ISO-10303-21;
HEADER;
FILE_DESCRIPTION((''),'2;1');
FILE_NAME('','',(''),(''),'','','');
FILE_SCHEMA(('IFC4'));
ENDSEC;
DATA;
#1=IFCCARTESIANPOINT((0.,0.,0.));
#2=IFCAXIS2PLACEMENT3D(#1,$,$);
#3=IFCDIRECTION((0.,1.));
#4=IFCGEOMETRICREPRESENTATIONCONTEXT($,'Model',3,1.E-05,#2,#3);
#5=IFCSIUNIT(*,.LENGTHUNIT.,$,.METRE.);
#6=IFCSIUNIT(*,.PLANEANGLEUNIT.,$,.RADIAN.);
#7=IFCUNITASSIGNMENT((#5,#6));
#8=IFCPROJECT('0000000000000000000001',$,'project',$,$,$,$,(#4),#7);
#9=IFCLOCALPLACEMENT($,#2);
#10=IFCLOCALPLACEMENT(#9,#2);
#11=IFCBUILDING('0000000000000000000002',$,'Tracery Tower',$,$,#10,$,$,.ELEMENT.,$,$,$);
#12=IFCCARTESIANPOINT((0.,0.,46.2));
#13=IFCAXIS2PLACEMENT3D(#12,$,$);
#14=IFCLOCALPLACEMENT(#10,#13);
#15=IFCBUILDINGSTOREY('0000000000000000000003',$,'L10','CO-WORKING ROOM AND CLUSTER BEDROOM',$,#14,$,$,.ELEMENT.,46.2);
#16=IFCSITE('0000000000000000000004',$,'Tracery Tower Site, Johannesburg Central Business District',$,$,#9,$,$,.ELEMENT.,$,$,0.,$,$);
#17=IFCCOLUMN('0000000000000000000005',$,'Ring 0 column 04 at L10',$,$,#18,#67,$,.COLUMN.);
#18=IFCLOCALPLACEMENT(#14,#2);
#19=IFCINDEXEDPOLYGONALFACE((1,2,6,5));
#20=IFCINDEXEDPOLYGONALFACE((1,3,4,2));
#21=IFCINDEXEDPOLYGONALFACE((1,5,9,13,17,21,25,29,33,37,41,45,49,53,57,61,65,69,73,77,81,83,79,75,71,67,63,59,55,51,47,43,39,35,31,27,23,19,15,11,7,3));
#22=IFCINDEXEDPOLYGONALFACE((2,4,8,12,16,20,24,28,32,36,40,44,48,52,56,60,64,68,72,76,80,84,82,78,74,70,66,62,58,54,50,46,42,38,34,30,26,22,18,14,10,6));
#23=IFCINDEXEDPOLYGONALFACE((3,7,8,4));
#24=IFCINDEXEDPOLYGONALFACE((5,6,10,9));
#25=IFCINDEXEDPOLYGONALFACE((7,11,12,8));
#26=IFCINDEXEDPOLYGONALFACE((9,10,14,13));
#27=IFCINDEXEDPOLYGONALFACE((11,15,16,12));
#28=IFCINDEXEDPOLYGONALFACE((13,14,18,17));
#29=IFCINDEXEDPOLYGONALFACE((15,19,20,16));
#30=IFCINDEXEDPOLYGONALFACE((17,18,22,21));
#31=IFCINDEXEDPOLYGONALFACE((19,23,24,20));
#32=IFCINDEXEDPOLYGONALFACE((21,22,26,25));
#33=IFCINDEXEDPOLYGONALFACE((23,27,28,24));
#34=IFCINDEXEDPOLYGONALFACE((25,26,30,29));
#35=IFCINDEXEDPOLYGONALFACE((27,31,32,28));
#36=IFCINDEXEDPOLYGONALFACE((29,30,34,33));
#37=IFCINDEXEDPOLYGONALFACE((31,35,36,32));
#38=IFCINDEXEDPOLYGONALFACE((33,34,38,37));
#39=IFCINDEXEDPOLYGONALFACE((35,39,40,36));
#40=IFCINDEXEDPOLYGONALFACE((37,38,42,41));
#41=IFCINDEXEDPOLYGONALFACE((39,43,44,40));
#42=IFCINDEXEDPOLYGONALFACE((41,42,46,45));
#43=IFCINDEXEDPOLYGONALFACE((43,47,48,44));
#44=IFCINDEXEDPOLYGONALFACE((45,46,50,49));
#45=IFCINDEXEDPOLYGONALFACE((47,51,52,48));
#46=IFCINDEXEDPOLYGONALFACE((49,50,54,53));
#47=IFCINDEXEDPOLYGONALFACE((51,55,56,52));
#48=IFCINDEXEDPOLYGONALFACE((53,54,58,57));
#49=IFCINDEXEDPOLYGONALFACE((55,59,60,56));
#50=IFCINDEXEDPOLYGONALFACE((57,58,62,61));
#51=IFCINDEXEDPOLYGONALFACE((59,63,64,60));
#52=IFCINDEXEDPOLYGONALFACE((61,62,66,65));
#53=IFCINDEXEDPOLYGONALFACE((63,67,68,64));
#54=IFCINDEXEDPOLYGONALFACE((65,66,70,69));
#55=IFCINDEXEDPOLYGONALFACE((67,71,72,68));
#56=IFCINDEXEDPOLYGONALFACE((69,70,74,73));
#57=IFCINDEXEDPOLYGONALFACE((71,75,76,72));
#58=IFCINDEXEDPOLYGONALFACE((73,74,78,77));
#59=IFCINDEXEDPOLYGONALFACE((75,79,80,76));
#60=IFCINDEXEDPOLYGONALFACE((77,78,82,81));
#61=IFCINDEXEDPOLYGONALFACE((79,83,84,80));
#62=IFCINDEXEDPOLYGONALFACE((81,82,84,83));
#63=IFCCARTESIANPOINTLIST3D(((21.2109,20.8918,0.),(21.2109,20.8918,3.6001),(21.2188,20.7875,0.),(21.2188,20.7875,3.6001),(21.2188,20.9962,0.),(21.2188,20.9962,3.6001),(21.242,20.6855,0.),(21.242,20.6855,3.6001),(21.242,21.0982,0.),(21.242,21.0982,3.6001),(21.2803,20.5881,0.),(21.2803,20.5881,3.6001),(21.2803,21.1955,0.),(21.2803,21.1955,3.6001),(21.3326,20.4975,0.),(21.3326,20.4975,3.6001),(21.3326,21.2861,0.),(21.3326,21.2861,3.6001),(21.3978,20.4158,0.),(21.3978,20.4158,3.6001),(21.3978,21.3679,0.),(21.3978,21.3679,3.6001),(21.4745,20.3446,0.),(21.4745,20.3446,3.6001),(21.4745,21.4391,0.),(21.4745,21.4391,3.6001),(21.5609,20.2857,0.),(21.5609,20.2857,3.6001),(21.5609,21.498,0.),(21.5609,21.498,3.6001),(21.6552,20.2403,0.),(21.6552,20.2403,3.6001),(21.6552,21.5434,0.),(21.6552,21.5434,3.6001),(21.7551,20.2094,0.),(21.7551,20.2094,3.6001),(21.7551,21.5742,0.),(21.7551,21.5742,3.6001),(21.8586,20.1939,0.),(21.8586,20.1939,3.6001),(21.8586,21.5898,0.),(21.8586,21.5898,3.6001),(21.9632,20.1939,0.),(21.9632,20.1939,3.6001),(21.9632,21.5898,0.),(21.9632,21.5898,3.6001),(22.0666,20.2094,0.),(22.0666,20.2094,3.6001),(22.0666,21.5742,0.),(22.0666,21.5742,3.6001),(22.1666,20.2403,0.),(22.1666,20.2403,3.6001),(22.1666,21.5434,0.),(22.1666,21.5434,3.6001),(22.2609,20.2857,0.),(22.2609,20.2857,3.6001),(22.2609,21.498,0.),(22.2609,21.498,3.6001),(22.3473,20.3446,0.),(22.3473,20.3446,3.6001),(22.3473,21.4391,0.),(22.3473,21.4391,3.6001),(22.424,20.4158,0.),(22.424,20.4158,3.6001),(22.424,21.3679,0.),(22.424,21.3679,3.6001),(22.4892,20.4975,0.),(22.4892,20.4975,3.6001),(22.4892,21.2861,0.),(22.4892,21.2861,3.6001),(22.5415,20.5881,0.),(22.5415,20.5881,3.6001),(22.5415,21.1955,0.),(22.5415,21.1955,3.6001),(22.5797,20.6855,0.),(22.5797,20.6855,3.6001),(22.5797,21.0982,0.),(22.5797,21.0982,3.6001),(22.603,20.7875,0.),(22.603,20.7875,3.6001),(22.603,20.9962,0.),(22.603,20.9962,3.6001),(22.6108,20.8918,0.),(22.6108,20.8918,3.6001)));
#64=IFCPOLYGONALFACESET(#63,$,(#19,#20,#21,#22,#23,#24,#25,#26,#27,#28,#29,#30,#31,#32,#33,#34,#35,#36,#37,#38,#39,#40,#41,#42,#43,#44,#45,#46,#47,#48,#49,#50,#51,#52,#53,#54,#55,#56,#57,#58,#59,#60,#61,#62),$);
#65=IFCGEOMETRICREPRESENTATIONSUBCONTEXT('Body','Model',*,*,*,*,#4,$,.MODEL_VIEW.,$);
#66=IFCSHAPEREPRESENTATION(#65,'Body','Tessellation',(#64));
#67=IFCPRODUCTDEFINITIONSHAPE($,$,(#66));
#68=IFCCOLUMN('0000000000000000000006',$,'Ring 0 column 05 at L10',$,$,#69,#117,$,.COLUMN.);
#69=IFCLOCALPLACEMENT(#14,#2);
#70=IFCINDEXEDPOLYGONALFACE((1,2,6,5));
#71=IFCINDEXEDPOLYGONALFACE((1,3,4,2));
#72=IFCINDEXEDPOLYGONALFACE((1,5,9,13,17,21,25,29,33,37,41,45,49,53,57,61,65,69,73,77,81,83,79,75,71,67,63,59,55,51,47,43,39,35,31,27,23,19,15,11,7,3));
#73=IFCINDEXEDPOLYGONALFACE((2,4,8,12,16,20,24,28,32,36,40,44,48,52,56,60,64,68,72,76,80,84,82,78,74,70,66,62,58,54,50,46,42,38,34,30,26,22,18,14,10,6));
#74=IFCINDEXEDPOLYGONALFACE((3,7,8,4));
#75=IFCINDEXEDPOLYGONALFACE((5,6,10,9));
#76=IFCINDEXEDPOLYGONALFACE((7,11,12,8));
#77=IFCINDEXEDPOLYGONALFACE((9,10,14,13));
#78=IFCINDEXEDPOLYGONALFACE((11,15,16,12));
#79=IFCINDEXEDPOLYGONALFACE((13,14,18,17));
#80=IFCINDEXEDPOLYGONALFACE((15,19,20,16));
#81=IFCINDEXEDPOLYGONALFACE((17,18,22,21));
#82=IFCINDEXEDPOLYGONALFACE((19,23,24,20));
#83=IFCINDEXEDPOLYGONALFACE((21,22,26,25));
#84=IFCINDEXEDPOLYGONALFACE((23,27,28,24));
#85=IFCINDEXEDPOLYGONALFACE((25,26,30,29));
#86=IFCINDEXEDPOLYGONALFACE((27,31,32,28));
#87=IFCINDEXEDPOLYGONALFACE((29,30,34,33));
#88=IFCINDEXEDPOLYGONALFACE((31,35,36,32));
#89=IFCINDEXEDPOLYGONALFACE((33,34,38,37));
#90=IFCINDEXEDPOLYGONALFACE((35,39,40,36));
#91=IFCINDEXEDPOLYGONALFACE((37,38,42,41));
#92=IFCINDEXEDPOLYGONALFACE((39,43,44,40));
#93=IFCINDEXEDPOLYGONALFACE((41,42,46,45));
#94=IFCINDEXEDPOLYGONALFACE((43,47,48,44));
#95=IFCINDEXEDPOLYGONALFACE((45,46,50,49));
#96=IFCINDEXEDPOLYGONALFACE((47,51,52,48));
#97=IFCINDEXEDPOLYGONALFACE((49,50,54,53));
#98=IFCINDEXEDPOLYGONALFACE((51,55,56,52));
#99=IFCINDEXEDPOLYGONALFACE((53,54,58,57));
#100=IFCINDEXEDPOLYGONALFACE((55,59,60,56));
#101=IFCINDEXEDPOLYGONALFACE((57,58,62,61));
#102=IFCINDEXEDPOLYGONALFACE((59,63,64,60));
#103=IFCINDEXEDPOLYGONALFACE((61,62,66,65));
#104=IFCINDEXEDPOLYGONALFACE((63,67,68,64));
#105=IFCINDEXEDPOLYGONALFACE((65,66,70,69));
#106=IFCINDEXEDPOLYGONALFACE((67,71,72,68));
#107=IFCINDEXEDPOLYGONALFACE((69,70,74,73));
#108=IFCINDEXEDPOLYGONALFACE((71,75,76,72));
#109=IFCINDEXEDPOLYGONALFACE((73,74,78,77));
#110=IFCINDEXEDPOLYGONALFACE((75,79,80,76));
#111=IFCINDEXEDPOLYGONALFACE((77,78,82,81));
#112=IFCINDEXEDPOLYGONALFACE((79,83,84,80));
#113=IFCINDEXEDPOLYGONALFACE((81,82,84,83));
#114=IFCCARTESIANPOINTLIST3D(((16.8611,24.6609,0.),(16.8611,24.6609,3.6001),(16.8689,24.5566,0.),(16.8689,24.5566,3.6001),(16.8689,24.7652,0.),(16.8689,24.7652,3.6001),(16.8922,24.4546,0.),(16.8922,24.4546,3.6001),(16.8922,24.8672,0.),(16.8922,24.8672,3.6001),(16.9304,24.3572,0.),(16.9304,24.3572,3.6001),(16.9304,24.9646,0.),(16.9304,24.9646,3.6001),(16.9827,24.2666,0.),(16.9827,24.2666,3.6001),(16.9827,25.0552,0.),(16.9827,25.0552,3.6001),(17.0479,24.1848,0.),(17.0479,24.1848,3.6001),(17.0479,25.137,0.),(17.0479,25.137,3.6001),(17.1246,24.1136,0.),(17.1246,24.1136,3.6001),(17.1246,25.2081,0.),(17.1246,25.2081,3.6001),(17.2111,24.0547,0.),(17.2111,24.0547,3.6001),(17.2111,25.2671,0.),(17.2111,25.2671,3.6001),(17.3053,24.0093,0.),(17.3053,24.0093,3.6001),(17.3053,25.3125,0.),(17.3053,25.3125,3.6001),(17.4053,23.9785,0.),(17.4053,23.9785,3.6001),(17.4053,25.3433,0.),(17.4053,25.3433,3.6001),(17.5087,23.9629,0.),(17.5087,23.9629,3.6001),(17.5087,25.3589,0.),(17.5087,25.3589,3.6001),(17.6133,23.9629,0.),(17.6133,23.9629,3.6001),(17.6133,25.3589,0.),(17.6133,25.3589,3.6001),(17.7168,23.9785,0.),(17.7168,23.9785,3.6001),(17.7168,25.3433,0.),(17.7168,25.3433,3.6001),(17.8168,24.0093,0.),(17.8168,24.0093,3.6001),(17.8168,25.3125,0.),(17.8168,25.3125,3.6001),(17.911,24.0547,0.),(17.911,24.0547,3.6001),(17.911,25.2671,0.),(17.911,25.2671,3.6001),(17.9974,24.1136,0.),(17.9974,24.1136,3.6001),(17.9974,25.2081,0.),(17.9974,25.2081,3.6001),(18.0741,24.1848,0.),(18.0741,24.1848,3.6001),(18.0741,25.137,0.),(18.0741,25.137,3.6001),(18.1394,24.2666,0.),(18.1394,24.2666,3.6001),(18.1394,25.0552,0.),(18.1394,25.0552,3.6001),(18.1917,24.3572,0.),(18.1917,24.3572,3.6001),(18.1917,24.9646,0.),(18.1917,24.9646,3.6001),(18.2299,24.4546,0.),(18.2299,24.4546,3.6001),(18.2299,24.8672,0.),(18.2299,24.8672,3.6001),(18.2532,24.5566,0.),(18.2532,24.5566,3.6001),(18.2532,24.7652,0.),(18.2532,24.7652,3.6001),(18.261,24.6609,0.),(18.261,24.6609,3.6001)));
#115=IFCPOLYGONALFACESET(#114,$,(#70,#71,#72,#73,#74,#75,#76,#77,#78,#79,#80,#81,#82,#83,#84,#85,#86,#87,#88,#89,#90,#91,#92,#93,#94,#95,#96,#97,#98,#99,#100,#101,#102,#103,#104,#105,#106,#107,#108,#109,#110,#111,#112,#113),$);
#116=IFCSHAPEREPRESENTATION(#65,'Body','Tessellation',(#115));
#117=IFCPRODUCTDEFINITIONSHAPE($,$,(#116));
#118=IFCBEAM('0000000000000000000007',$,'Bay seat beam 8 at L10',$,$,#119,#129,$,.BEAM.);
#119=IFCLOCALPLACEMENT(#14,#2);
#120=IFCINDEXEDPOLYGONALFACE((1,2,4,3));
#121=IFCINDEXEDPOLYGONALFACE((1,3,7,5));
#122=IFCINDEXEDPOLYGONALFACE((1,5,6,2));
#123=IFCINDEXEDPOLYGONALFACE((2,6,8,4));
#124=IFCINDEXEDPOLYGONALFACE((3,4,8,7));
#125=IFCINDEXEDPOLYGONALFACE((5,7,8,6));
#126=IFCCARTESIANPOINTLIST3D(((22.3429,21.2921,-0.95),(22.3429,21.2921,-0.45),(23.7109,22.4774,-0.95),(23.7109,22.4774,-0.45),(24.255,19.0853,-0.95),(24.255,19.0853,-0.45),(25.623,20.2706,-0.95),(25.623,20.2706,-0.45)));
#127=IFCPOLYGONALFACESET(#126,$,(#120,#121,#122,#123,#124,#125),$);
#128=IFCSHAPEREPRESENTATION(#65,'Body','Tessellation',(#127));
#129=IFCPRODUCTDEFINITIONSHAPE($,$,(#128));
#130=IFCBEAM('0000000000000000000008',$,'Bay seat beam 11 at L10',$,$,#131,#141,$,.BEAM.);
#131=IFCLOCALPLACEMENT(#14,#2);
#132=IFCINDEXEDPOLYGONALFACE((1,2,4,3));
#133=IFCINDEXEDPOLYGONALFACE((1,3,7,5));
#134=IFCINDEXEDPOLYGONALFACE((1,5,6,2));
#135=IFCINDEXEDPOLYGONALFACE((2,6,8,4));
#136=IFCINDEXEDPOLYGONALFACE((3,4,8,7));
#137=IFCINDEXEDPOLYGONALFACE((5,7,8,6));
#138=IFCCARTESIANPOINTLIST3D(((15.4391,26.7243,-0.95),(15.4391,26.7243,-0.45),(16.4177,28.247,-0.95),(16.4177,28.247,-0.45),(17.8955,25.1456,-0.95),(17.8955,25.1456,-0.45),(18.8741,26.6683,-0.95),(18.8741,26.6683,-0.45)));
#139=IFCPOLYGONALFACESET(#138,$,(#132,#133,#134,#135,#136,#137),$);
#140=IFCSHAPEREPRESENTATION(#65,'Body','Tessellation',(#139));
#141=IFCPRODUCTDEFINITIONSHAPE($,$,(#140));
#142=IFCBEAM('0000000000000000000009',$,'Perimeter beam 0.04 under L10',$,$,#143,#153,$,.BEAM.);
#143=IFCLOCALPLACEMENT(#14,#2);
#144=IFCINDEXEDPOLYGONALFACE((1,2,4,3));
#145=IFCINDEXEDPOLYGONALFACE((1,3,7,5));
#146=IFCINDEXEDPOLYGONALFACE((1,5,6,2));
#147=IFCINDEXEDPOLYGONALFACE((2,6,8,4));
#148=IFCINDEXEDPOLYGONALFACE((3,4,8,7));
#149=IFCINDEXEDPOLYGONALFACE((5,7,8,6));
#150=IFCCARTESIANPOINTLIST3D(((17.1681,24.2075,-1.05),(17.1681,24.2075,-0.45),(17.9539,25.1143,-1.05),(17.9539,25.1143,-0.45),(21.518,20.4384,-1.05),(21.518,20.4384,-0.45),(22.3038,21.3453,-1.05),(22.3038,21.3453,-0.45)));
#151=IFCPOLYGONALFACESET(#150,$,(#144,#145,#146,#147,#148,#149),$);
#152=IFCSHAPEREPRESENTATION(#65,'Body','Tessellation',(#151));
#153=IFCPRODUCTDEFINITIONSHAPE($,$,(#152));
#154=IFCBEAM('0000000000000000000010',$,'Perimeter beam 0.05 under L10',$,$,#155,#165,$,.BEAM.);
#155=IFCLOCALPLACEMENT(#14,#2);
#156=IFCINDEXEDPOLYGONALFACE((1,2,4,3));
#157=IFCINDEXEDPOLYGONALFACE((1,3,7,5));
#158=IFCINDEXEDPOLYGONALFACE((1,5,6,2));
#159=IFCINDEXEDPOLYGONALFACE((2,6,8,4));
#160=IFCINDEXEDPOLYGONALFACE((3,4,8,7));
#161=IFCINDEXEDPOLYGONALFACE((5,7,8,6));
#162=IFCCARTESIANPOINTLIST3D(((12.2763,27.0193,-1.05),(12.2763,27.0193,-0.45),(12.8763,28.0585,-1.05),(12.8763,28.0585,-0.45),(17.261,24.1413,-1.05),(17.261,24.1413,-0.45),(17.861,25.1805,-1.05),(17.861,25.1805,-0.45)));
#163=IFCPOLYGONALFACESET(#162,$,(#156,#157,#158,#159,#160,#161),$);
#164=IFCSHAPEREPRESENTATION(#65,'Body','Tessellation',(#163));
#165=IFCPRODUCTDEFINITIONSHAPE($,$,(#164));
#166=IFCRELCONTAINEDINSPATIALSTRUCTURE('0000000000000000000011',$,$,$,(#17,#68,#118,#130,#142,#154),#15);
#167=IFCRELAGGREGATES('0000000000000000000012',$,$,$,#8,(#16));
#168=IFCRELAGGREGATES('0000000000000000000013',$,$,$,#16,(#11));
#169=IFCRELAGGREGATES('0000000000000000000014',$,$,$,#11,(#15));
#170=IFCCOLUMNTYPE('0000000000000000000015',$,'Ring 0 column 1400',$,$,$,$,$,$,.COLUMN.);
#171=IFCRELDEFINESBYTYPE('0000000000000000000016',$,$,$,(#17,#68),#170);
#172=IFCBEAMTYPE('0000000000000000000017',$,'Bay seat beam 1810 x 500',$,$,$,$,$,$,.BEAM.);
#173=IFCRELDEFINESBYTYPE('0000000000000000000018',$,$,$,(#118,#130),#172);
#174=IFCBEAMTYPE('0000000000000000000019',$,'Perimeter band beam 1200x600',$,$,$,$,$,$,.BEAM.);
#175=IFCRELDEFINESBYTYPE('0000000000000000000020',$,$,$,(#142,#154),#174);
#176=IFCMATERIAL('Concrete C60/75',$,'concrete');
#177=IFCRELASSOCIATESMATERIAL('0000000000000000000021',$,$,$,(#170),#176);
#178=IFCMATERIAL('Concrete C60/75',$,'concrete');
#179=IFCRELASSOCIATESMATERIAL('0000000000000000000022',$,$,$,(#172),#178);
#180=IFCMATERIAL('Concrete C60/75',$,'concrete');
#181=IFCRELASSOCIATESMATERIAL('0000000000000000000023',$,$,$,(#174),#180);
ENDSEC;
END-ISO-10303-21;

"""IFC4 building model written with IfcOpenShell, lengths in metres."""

from ifc_helpers import new_model, si_unit, direction, frame, origin, origin_2d, place, context, subcontext, project, spatial, rectangle, circle, extrude, material, material_profile, profile_set, type_object, element, save


model = new_model("IFC4")

# Units and contexts
model_context = context("Model", 3, precision=1e-05, world=origin(), true_north=direction((0.0, 1.0)))
body_context = subcontext(model_context, "Body", "Model", "MODEL_VIEW")
ifc_project = project(units=[si_unit("LENGTHUNIT", "METRE"), si_unit("PLANEANGLEUNIT", "RADIAN")], contexts=[model_context])

# Site, building, storey
site_placement = place(None, origin())
site = spatial("IfcSite", under=ifc_project, at=site_placement, Name="Tracery Tower Site, Johannesburg Central Business District", CompositionType="ELEMENT", RefElevation=0.0)
building_placement = place(site_placement, origin())
building = spatial("IfcBuilding", under=site, at=building_placement, Name="Tracery Tower", CompositionType="ELEMENT")
storey_placement = place(building_placement, frame((0.0, 0.0, 46.2)))
storey = spatial("IfcBuildingStorey", under=building, at=storey_placement, Name="L10", Description="CO-WORKING ROOM AND CLUSTER BEDROOM", CompositionType="ELEMENT", Elevation=46.2)

# Columns
ifc_material_1 = material(Name="Concrete C60/75", Category="concrete")
ifc_material_profile_1 = material_profile(ifc_material_1, circle(Radius=0.7, at=origin_2d()), Name="RC D1400")
ifc_profile_set_1 = profile_set([ifc_material_profile_1], Name="Concrete C60/75")
column_type = type_object("IfcColumnType", Name="Ring 0 column 1400", PredefinedType="COLUMN", material=ifc_profile_set_1)
for number, where, z_axis, x_axis, name in (
    (1, (21.9109, 20.8918, 0.0), (0.0, 0.0, 1.0), (1.0, 0.0, 0.0), "Ring 0 column 04 at L10"),
    (2, (17.561, 24.6609, 0.0), (0.0, 0.0, 1.0), (1.0, 0.0, 0.0), "Ring 0 column 05 at L10"),
):
    element("IfcColumn", number, at=place(storey_placement, frame(where, z_axis=z_axis, x_axis=x_axis)), inside=storey, type_object=column_type, Name=name, PredefinedType="COLUMN", context=body_context, shape_type="SweptSolid", body=[
        extrude(circle(Radius=0.7, at=origin_2d()), origin(), (0.0, 0.0, 1.0), 3.6001),
    ])

# Beams
ifc_material_2 = material(Name="Concrete C60/75", Category="concrete")
ifc_material_profile_2 = material_profile(ifc_material_2, rectangle(XDim=1.8101, YDim=0.5, at=origin_2d()), Name="RC 1810x500")
ifc_profile_set_2 = profile_set([ifc_material_profile_2], Name="Concrete C60/75")
beam_type_1 = type_object("IfcBeamType", Name="Bay seat beam 1810 x 500", PredefinedType="BEAM", material=ifc_profile_set_2)
for number, where, z_axis, x_axis, name in (
    (3, (24.939, 19.678, -0.7), (-0.654845, 0.755764, 0.0), (-0.755764, -0.654845, 0.0), "Bay seat beam 8 at L10"),
    (4, (18.3848, 25.907, -0.7), (-0.841246, 0.540652, 0.0), (-0.540652, -0.841246, 0.0), "Bay seat beam 11 at L10"),
):
    element("IfcBeam", number, at=place(storey_placement, frame(where, z_axis=z_axis, x_axis=x_axis)), inside=storey, type_object=beam_type_1, Name=name, PredefinedType="BEAM", context=body_context, shape_type="SweptSolid", body=[
        extrude(rectangle(XDim=1.8101, YDim=0.5, at=origin_2d()), origin(), (0.0, 0.0, 1.0), 2.9199),
    ])
ifc_material_3 = material(Name="Concrete C60/75", Category="concrete")
ifc_material_profile_3 = material_profile(ifc_material_3, rectangle(XDim=1.2, YDim=0.6001, at=origin_2d()), Name="RC 1200x600")
ifc_profile_set_3 = profile_set([ifc_material_profile_3], Name="Concrete C60/75")
beam_type_2 = type_object("IfcBeamType", Name="Perimeter band beam 1200x600", PredefinedType="BEAM", material=ifc_profile_set_3)
beam_1_placement = place(storey_placement, frame((21.9109, 20.8918, -0.75), z_axis=(-0.75576, 0.654848, 0.0), x_axis=(-0.654848, -0.75576, 0.0)))
element("IfcBeam", 5, at=beam_1_placement, inside=storey, type_object=beam_type_2, Name="Perimeter beam 0.04 under L10", PredefinedType="BEAM", context=body_context, shape_type="SweptSolid", body=[
    extrude(rectangle(XDim=1.2, YDim=0.6001, at=origin_2d()), origin(), (0.0, 0.0, 1.0), 5.7556),
])
beam_2_placement = place(storey_placement, frame((17.561, 24.6609, -0.75), z_axis=(-0.866021, 0.500008, 0.0), x_axis=(-0.500008, -0.866021, 0.0)))
element("IfcBeam", 6, at=beam_2_placement, inside=storey, type_object=beam_type_2, Name="Perimeter beam 0.05 under L10", PredefinedType="BEAM", context=body_context, shape_type="SweptSolid", body=[
    extrude(rectangle(XDim=1.2, YDim=0.6001, at=origin_2d()), origin(), (0.0, 0.0, 1.0), 5.7559),
])

save(model, "model.ifc")
